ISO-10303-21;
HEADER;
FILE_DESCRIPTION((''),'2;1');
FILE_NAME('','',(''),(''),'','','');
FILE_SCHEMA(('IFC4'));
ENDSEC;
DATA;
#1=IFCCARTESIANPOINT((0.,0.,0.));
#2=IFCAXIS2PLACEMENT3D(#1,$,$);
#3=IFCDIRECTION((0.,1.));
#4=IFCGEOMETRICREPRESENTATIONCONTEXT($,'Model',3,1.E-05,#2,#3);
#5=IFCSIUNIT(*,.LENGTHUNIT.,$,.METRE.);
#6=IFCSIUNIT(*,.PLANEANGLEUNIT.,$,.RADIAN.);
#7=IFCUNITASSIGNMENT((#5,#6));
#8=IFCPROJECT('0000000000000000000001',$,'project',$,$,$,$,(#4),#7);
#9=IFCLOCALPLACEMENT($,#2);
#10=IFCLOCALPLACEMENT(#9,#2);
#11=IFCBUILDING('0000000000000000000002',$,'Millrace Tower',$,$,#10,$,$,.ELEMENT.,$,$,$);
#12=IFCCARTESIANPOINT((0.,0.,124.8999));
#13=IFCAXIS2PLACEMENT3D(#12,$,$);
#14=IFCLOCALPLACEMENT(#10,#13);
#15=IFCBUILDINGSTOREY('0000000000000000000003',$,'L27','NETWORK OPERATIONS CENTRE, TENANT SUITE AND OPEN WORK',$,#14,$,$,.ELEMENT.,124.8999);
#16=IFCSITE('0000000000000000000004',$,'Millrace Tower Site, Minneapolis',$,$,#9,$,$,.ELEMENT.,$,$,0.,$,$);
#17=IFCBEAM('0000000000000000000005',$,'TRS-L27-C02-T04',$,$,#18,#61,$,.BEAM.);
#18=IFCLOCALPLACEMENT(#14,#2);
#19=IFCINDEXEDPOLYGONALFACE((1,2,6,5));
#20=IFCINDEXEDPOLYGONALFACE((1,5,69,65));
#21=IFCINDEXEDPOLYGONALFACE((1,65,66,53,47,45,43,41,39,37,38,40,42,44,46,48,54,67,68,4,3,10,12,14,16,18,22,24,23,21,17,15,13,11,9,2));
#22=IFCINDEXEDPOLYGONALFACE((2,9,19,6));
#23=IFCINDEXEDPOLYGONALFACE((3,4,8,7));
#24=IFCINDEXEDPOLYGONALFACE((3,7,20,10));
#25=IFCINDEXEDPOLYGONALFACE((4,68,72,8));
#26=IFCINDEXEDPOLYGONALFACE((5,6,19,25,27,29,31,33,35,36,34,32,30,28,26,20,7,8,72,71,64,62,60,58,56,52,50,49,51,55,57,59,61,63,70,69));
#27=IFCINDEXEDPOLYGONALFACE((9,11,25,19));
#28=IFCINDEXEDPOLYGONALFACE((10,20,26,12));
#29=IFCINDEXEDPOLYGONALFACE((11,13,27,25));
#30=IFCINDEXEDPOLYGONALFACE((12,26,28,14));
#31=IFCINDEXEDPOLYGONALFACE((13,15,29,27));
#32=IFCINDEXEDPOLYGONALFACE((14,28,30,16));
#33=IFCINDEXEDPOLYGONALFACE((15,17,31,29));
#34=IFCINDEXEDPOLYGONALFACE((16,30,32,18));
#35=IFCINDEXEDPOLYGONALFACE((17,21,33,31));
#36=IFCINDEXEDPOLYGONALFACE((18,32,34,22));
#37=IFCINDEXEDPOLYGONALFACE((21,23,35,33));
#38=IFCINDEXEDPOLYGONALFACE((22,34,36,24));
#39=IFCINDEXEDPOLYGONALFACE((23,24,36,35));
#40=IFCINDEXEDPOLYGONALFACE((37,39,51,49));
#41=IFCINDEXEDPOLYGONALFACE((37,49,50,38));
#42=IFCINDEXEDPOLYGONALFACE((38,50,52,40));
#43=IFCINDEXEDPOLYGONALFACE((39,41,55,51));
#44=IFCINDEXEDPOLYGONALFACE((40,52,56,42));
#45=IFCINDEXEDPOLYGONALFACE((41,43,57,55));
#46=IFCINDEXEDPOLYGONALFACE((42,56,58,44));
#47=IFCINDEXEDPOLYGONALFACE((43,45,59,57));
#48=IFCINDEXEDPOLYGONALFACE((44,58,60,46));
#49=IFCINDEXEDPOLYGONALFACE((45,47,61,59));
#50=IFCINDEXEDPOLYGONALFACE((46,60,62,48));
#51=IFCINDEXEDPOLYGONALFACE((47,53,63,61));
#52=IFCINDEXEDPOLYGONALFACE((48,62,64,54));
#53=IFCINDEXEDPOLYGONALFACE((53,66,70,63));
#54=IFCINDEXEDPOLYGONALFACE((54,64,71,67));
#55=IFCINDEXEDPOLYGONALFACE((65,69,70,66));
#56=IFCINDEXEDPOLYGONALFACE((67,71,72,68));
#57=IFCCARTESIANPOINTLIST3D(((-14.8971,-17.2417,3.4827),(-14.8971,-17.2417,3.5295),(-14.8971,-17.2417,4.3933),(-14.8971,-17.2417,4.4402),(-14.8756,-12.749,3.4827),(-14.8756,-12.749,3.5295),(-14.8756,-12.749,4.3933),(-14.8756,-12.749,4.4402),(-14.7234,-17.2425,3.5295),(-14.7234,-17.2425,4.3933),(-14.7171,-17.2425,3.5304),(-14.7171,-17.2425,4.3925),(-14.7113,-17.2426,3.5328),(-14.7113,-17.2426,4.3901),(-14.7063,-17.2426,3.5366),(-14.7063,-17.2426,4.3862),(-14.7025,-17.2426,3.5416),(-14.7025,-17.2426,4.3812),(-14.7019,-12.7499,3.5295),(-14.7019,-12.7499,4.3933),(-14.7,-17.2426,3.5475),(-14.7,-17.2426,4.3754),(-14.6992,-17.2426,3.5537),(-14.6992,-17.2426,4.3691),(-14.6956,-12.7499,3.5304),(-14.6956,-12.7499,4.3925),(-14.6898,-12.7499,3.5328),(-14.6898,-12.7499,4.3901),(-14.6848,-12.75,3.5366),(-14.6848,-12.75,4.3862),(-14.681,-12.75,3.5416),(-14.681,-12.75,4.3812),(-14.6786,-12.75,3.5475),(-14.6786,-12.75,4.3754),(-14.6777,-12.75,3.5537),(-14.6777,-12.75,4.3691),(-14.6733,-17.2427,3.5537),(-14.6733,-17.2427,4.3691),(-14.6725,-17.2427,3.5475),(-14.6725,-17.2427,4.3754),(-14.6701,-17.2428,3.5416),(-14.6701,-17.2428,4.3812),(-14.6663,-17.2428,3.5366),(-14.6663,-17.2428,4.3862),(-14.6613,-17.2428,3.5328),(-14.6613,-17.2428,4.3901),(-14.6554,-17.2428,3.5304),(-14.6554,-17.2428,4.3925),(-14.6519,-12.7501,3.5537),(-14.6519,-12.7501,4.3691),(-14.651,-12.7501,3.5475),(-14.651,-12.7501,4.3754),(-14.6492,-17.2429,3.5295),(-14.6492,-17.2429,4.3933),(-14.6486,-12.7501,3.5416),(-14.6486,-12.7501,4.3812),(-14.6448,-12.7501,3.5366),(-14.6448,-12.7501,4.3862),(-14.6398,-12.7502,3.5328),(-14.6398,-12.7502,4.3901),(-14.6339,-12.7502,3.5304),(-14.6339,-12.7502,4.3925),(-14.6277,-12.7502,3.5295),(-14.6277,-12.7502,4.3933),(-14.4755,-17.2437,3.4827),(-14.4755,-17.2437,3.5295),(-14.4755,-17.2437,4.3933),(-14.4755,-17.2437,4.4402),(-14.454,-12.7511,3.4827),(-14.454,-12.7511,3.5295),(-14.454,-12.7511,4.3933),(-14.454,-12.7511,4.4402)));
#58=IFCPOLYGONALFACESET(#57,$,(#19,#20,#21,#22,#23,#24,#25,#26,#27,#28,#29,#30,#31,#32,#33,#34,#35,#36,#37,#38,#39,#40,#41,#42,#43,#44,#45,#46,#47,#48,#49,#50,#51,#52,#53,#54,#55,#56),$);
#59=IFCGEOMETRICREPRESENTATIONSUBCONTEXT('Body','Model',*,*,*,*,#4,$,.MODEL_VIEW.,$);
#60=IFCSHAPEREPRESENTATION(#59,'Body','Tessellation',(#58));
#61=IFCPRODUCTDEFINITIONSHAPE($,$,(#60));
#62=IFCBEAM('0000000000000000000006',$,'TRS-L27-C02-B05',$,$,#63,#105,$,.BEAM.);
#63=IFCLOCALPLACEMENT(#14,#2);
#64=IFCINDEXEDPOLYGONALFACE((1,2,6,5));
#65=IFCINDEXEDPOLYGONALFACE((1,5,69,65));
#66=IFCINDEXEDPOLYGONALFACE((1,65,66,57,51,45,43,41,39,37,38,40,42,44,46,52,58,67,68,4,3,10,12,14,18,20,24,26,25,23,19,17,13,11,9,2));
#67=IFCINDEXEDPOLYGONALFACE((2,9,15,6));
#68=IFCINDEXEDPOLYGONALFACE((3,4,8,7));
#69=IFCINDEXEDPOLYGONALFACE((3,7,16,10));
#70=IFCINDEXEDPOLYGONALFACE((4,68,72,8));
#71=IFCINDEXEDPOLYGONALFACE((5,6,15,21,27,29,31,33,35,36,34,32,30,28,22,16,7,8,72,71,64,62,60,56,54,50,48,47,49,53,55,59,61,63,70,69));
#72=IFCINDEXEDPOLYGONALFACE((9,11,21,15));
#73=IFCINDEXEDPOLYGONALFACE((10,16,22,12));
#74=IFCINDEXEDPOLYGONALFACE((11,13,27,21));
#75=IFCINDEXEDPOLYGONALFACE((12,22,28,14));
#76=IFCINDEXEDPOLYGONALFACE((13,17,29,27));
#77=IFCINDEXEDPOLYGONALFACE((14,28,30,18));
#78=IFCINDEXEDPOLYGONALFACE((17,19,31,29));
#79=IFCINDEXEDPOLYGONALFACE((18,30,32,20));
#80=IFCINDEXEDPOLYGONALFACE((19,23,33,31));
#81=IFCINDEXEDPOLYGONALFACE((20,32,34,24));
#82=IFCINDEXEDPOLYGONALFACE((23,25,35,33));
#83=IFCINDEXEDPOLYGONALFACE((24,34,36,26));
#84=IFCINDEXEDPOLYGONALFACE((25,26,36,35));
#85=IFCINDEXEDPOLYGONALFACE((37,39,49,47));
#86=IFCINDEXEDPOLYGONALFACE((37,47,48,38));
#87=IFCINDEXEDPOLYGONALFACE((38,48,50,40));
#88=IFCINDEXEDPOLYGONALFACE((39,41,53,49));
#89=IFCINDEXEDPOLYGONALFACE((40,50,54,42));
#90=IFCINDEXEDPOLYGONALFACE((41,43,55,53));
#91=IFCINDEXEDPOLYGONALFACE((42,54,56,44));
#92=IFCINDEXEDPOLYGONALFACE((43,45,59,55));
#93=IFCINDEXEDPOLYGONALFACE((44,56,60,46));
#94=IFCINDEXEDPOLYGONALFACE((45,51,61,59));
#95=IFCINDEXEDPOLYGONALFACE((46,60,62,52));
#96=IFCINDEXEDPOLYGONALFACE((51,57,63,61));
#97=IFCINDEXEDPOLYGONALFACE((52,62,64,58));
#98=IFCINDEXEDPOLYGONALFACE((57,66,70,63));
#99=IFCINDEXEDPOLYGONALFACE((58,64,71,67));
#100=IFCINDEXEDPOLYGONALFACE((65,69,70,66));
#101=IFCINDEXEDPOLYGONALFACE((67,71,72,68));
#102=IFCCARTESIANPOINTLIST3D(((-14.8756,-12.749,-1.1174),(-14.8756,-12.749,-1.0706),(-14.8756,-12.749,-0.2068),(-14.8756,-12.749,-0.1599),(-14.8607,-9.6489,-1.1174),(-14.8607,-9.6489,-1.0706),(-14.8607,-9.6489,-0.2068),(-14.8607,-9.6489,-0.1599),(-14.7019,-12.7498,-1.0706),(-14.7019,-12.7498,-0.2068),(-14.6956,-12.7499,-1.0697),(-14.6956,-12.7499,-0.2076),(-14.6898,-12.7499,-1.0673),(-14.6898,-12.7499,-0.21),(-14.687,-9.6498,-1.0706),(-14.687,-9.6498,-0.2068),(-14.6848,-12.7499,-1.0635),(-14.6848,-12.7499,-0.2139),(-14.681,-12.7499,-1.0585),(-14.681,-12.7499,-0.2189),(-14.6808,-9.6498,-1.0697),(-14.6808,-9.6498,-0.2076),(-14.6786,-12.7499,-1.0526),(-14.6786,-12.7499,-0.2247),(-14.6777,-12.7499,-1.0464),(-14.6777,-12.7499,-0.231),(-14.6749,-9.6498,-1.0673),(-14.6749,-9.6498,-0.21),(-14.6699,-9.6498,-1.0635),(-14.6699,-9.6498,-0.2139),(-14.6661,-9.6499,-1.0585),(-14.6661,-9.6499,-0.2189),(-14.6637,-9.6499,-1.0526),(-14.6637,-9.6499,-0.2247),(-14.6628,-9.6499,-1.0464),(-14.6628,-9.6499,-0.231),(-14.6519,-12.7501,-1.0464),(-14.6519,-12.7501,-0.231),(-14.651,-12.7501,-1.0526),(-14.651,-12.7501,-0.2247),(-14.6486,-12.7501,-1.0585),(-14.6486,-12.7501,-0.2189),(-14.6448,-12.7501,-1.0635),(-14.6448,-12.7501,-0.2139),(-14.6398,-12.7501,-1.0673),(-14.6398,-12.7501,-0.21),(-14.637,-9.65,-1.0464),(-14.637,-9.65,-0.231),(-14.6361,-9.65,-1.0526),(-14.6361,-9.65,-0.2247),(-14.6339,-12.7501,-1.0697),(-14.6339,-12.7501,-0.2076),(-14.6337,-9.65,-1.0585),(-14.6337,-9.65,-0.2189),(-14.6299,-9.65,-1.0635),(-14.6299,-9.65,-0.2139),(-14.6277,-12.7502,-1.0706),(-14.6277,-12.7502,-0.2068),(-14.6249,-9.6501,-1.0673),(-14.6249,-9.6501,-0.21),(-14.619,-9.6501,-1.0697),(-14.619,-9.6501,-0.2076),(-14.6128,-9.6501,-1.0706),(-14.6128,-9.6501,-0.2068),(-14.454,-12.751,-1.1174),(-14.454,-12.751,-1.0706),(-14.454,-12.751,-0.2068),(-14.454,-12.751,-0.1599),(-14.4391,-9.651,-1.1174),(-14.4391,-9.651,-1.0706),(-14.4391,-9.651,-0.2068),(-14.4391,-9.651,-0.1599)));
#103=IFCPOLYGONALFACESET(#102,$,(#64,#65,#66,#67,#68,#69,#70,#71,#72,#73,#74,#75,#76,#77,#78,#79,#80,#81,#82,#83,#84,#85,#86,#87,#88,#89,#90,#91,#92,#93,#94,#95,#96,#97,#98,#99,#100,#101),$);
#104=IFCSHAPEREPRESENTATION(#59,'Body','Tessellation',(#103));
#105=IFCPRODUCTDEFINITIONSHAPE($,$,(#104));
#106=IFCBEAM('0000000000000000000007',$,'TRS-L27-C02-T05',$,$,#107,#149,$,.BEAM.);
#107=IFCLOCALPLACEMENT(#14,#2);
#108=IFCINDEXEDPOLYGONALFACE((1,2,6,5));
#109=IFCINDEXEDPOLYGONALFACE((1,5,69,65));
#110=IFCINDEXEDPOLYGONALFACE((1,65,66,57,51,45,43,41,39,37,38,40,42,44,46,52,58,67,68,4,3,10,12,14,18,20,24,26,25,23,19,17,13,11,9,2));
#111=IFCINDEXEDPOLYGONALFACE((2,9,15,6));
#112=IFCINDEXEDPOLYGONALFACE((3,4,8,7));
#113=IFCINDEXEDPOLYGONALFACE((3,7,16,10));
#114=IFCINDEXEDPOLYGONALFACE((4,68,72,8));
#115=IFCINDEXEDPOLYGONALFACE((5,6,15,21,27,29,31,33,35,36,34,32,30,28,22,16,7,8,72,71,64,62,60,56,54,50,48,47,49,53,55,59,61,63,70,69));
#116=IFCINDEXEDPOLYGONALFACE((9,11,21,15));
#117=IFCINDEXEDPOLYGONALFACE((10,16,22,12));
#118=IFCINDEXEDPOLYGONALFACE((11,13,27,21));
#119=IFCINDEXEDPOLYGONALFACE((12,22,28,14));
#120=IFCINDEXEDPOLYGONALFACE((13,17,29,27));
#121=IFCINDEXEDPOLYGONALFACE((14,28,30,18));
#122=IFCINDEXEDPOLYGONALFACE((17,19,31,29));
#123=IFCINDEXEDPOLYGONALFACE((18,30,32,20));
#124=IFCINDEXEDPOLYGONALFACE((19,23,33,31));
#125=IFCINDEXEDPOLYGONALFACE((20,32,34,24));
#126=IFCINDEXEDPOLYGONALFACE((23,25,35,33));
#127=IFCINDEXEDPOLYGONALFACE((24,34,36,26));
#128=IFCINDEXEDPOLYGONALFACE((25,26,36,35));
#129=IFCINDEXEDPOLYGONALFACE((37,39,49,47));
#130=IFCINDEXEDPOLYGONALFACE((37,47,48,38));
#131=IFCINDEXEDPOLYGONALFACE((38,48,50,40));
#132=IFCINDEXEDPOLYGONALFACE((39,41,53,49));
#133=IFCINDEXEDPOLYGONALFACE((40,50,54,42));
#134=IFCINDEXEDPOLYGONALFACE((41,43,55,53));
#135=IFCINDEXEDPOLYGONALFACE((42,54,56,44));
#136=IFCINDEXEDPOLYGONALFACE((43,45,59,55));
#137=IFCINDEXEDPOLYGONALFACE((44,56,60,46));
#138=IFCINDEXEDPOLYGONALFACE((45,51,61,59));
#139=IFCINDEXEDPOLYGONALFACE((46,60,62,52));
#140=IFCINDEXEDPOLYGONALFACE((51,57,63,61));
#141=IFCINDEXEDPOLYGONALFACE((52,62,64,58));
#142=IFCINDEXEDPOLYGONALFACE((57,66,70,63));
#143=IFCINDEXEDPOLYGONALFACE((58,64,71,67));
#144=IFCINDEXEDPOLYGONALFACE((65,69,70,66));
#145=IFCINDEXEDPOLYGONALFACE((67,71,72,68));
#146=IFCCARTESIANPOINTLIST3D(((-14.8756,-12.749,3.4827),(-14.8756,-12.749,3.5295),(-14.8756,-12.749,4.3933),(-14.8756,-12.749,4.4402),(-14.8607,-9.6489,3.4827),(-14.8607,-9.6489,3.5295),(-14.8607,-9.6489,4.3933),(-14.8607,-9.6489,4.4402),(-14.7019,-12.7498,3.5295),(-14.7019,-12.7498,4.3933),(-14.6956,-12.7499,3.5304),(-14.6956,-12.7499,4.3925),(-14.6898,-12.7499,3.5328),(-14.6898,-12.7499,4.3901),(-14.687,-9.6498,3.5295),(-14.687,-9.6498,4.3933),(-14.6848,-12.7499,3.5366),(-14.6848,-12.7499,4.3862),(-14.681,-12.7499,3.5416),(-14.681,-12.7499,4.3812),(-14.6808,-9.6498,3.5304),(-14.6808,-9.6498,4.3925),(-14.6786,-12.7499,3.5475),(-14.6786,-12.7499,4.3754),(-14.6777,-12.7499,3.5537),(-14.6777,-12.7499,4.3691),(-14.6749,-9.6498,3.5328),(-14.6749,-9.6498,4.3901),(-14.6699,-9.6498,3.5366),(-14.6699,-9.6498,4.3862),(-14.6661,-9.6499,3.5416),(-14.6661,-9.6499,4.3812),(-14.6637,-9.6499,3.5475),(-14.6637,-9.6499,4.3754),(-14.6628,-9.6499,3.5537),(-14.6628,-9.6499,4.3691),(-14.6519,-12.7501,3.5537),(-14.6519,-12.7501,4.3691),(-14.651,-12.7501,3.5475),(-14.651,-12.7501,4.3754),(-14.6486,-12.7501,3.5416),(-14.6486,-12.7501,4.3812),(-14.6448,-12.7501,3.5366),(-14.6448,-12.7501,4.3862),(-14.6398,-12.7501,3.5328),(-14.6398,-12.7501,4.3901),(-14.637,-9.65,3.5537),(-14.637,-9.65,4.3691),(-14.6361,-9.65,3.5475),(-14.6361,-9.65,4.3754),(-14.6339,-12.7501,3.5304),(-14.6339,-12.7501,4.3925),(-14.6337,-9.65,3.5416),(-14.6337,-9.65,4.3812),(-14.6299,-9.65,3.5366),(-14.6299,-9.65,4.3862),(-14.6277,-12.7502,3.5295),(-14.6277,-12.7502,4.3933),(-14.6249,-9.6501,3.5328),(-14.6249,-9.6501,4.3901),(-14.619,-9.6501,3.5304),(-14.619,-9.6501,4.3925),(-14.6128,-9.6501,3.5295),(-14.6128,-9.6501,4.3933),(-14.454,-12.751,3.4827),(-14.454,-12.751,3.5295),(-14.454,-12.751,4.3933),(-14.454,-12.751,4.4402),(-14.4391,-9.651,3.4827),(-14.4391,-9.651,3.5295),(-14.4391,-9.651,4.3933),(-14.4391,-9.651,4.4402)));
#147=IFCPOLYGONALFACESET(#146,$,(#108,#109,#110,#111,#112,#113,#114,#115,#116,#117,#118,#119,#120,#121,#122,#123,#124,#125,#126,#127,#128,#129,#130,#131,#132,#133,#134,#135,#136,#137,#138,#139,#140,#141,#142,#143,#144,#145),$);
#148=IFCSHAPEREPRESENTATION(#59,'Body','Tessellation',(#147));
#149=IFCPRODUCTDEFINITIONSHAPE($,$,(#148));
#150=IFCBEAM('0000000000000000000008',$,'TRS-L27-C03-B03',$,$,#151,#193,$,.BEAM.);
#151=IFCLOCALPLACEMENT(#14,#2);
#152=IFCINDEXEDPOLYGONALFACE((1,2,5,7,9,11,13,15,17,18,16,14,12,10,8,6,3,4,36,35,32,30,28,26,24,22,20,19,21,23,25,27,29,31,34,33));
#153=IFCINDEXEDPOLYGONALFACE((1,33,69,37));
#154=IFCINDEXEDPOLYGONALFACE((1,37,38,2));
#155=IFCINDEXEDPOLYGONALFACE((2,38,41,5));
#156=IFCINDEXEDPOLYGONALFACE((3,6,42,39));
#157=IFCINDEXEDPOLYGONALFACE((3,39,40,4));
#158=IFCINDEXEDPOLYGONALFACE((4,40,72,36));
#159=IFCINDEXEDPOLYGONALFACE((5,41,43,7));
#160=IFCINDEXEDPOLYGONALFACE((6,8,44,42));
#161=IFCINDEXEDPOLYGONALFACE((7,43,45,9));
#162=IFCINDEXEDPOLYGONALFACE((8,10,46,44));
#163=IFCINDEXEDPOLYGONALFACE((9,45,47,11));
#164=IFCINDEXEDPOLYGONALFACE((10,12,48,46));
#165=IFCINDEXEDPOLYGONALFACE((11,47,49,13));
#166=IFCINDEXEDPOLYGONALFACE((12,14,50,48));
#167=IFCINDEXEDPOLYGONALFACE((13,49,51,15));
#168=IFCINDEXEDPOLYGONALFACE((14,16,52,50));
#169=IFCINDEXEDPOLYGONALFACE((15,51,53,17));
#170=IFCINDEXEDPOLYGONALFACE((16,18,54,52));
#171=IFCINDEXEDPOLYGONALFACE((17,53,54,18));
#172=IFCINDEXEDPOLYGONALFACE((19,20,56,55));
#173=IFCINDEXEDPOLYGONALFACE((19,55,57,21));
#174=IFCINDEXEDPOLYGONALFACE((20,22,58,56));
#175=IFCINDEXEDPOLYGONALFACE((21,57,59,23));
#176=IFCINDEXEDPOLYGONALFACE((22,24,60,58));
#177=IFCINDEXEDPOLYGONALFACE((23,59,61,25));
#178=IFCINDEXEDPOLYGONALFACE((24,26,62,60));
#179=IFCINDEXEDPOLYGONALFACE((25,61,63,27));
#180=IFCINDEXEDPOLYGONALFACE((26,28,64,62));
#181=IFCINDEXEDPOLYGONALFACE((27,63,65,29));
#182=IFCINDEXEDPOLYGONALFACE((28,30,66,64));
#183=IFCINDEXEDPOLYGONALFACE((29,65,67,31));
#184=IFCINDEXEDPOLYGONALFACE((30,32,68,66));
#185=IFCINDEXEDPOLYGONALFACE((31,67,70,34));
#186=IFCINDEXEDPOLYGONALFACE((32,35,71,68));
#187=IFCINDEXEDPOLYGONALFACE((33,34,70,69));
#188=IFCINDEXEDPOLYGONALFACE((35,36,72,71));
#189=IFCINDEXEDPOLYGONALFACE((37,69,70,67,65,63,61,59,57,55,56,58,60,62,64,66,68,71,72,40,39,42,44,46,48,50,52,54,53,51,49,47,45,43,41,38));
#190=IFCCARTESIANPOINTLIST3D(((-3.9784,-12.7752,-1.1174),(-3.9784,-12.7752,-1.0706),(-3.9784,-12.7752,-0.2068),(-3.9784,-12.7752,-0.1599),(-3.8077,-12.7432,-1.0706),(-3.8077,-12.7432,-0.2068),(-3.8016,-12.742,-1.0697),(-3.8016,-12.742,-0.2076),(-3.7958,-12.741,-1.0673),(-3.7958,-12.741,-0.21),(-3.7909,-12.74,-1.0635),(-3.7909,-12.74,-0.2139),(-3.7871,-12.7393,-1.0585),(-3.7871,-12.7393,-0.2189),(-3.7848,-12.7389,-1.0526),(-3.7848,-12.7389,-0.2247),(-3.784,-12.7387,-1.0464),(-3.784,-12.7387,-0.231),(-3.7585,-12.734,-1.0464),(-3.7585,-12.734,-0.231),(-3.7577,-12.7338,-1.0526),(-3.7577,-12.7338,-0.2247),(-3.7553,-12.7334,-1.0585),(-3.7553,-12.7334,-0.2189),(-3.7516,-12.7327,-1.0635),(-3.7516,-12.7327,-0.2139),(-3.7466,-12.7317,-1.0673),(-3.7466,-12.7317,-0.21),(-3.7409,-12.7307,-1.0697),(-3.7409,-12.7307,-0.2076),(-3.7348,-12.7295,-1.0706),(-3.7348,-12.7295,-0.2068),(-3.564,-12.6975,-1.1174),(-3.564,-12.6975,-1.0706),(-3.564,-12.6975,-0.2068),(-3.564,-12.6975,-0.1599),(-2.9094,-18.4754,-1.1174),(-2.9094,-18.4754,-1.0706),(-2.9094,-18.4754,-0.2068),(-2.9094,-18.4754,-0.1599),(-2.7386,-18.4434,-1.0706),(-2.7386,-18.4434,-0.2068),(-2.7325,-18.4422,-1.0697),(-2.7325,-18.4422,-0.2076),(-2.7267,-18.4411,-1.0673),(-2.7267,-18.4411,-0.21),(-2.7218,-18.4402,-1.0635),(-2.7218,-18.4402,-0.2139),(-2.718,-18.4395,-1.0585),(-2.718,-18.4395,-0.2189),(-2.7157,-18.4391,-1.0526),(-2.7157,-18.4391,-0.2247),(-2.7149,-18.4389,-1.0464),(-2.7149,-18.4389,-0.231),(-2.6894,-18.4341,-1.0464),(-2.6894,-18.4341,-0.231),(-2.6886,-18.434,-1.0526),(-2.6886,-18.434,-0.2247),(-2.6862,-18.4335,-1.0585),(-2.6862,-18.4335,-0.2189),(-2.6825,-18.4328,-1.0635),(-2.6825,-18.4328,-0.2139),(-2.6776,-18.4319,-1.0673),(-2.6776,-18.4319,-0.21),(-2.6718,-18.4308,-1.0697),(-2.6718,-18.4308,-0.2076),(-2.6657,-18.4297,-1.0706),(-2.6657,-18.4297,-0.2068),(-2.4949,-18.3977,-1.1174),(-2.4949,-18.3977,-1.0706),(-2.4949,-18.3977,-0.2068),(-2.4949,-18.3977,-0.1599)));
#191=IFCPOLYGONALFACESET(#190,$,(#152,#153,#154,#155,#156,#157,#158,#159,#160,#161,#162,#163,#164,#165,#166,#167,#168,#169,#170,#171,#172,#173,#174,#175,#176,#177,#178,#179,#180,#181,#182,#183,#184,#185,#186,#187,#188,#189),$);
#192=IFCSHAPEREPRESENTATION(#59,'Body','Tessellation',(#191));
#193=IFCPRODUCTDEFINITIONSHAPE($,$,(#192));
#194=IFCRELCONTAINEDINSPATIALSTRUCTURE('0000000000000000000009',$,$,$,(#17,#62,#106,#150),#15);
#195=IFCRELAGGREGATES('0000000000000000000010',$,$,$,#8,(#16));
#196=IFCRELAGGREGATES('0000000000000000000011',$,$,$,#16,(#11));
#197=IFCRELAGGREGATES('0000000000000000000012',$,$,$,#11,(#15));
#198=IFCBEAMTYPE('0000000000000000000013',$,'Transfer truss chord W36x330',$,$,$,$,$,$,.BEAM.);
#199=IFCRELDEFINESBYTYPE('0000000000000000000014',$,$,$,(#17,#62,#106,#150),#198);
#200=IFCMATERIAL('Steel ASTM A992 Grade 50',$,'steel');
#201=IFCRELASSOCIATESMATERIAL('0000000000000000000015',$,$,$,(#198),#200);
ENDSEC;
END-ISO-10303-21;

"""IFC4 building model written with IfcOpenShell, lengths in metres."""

from ifc_helpers import new_model, si_unit, direction, frame, origin, origin_2d, place, context, subcontext, project, spatial, i_section, extrude, material, material_profile, profile_set, type_object, element, save


model = new_model("IFC4")

# Units and contexts
model_context = context("Model", 3, precision=1e-05, world=origin(), true_north=direction((0.0, 1.0)))
body_context = subcontext(model_context, "Body", "Model", "MODEL_VIEW")
ifc_project = project(units=[si_unit("LENGTHUNIT", "METRE"), si_unit("PLANEANGLEUNIT", "RADIAN")], contexts=[model_context])

# Site, building, storey
site_placement = place(None, origin())
site = spatial("IfcSite", under=ifc_project, at=site_placement, Name="Millrace Tower Site, Minneapolis", CompositionType="ELEMENT", RefElevation=0.0)
building_placement = place(site_placement, origin())
building = spatial("IfcBuilding", under=site, at=building_placement, Name="Millrace Tower", CompositionType="ELEMENT")
storey_placement = place(building_placement, frame((0.0, 0.0, 124.8999)))
storey = spatial("IfcBuildingStorey", under=building, at=storey_placement, Name="L27", Description="NETWORK OPERATIONS CENTRE, TENANT SUITE AND OPEN WORK", CompositionType="ELEMENT", Elevation=124.8999)

# Beams
ifc_material_1 = material(Name="Steel ASTM A992 Grade 50", Category="steel")
ifc_material_profile_1 = material_profile(ifc_material_1, i_section(OverallWidth=0.4216, OverallDepth=0.9575, WebThickness=0.0259, FlangeThickness=0.0469, FilletRadius=0.0242, at=origin_2d()))
ifc_profile_set_1 = profile_set([ifc_material_profile_1], Name="Steel ASTM A992 Grade 50")
beam_type_1 = type_object("IfcBeamType", Name="Transfer truss chord W36x330", PredefinedType="BEAM", material=ifc_profile_set_1)
for number, where, z_axis, x_axis, name in (
    (1, (-14.6863, -17.2427, 3.9614), (0.004782, 0.999989, 0.0), (-0.999989, 0.004782, 0.0), "TRS-L27-C02-T04"),
):
    element("IfcBeam", number, at=place(storey_placement, frame(where, z_axis=z_axis, x_axis=x_axis)), inside=storey, type_object=beam_type_1, Name=name, PredefinedType="BEAM", context=body_context, shape_type="SweptSolid", body=[
        extrude(i_section(OverallWidth=0.4216, OverallDepth=0.9575, WebThickness=0.0259, FlangeThickness=0.0469, FilletRadius=0.0242, at=origin_2d()), origin(), (0.0, 0.0, 1.0), 4.4927),
    ])
for number, where, z_axis, x_axis, name in (
    (2, (-14.6648, -12.75, -0.6387), (0.004804, 0.999988, 0.0), (-0.999988, 0.004804, 0.0), "TRS-L27-C02-B05"),
    (3, (-14.6648, -12.75, 3.9614), (0.004804, 0.999988, 0.0), (-0.999988, 0.004804, 0.0), "TRS-L27-C02-T05"),
):
    element("IfcBeam", number, at=place(storey_placement, frame(where, z_axis=z_axis, x_axis=x_axis)), inside=storey, type_object=beam_type_1, Name=name, PredefinedType="BEAM", context=body_context, shape_type="SweptSolid", body=[
        extrude(i_section(OverallWidth=0.4216, OverallDepth=0.9575, WebThickness=0.0259, FlangeThickness=0.0469, FilletRadius=0.0242, at=origin_2d()), origin(), (0.0, 0.0, 1.0), 3.1001),
    ])
for number, where, z_axis, x_axis, name in (
    (4, (-2.7021, -18.4365, -0.6387), (-0.184339, 0.982863, 0.0), (-0.982863, -0.184339, 0.0), "TRS-L27-C03-B03"),
):
    element("IfcBeam", number, at=place(storey_placement, frame(where, z_axis=z_axis, x_axis=x_axis)), inside=storey, type_object=beam_type_1, Name=name, PredefinedType="BEAM", context=body_context, shape_type="SweptSolid", body=[
        extrude(i_section(OverallWidth=0.4216, OverallDepth=0.9575, WebThickness=0.0259, FlangeThickness=0.0469, FilletRadius=0.0242, at=origin_2d()), origin(), (0.0, 0.0, 1.0), 5.7996),
    ])

save(model, "model.ifc")
